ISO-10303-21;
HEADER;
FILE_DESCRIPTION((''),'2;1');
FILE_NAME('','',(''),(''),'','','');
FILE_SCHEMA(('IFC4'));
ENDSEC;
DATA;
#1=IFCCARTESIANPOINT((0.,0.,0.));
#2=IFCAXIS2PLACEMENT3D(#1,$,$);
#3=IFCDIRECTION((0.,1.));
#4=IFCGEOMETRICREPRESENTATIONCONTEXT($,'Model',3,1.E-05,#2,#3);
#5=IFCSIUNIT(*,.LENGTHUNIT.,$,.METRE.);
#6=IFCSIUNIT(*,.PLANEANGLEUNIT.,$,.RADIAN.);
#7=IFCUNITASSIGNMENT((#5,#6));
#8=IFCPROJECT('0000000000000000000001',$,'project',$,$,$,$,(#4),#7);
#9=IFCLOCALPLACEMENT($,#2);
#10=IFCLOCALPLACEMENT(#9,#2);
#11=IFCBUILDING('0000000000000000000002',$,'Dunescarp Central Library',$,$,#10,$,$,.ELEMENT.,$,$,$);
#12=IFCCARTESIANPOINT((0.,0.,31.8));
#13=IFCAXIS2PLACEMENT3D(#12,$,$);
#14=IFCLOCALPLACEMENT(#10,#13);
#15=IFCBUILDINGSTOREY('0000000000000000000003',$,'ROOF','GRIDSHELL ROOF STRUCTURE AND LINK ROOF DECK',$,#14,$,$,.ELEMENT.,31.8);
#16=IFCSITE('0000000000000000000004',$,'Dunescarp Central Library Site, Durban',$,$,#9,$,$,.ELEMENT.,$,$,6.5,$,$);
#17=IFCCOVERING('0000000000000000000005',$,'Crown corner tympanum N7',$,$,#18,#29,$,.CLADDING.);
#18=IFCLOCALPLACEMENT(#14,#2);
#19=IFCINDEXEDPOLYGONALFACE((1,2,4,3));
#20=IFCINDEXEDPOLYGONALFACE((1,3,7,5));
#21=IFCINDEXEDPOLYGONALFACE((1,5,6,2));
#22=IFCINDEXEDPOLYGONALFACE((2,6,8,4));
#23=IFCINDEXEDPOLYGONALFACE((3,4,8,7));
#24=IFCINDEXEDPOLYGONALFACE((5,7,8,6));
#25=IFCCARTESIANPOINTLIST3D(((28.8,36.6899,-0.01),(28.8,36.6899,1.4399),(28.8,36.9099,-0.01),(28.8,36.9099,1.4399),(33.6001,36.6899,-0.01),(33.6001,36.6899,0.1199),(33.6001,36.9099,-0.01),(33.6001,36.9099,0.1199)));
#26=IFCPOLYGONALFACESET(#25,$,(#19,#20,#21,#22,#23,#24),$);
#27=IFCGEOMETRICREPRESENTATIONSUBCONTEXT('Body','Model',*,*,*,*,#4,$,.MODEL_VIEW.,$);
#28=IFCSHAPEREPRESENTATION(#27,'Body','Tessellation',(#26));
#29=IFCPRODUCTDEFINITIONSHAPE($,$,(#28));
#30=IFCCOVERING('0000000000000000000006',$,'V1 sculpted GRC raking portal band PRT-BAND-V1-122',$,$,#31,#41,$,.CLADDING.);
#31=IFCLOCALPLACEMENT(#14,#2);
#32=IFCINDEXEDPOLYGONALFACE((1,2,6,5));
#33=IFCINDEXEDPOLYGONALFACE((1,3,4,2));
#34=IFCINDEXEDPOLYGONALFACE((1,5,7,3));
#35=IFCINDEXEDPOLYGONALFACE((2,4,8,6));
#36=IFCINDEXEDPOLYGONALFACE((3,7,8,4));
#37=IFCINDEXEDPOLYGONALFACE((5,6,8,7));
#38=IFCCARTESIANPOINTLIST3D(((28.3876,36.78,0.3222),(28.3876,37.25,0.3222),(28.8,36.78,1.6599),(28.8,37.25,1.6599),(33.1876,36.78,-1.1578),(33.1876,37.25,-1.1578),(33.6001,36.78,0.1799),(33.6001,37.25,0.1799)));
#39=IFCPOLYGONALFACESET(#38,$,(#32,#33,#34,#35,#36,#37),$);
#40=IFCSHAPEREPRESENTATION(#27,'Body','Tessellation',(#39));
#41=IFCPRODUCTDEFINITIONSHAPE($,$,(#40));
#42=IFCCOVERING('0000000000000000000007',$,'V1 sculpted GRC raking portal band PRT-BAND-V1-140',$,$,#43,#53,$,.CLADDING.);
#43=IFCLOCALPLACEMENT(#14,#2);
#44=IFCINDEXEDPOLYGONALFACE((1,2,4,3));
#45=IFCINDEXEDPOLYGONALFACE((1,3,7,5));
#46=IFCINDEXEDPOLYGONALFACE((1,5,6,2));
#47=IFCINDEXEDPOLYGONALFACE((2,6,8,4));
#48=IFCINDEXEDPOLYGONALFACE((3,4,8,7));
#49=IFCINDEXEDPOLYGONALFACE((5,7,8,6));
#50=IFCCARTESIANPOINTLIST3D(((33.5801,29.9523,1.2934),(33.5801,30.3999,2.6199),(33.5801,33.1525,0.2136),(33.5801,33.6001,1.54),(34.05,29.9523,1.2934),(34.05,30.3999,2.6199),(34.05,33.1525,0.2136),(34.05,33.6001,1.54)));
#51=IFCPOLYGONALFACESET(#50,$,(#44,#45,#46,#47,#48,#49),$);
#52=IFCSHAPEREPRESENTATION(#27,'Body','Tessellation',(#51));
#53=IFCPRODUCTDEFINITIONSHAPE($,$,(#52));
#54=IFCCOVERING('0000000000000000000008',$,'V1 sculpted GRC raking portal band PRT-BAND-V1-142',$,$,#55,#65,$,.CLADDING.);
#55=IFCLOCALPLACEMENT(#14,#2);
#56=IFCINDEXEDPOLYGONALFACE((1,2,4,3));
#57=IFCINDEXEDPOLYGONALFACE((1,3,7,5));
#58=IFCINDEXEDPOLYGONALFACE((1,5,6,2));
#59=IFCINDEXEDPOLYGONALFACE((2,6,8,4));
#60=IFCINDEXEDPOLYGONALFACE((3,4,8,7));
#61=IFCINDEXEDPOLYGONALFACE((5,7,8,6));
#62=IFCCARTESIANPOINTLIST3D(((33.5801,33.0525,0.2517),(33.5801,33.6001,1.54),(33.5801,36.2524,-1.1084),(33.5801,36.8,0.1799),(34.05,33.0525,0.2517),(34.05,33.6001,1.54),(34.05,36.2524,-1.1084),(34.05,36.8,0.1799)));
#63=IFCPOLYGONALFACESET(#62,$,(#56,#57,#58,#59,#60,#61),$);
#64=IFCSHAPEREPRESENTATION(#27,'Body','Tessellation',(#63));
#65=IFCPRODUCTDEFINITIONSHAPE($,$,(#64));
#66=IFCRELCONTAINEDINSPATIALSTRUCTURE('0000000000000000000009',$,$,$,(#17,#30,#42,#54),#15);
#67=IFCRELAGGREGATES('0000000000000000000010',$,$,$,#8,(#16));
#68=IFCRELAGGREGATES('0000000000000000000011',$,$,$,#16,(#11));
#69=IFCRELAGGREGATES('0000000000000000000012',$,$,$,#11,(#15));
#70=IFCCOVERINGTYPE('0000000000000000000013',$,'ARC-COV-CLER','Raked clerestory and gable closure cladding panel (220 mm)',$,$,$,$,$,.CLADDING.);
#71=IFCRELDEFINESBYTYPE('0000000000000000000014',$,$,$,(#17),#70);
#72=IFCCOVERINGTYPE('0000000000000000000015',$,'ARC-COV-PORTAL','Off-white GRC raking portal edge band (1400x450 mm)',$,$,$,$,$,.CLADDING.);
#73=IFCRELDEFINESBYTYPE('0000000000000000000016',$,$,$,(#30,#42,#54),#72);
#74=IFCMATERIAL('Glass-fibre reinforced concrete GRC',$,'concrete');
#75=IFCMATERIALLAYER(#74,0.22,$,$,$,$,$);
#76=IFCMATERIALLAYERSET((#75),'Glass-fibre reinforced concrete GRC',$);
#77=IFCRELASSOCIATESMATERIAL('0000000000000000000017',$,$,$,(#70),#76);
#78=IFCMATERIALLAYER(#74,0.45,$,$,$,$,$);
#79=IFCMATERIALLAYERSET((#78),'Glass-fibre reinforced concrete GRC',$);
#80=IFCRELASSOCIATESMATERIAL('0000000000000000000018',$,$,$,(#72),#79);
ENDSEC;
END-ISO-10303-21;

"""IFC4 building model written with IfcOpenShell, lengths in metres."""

from ifc_helpers import new_model, si_unit, direction, frame, origin, place, context, subcontext, project, spatial, polyline, outline, extrude, material, layer, layer_set, type_object, element, save


model = new_model("IFC4")

# Units and contexts
model_context = context("Model", 3, precision=1e-05, world=origin(), true_north=direction((0.0, 1.0)))
body_context = subcontext(model_context, "Body", "Model", "MODEL_VIEW")
ifc_project = project(units=[si_unit("LENGTHUNIT", "METRE"), si_unit("PLANEANGLEUNIT", "RADIAN")], contexts=[model_context])

# Site, building, storey
site_placement = place(None, origin())
site = spatial("IfcSite", under=ifc_project, at=site_placement, Name="Dunescarp Central Library Site, Durban", CompositionType="ELEMENT", RefElevation=6.5)
building_placement = place(site_placement, origin())
building = spatial("IfcBuilding", under=site, at=building_placement, Name="Dunescarp Central Library", CompositionType="ELEMENT")
storey_placement = place(building_placement, frame((0.0, 0.0, 31.8)))
storey = spatial("IfcBuildingStorey", under=building, at=storey_placement, Name="ROOF", Description="GRIDSHELL ROOF STRUCTURE AND LINK ROOF DECK", CompositionType="ELEMENT", Elevation=31.8)

# Coverings
ifc_material_1 = material(Name="Glass-fibre reinforced concrete GRC", Category="concrete")
ifc_layer_1 = layer(ifc_material_1, 0.22)
ifc_layer_set_1 = layer_set([ifc_layer_1], Name="Glass-fibre reinforced concrete GRC")
covering_type_1 = type_object("IfcCoveringType", Name="ARC-COV-CLER", Description="Raked clerestory and gable closure cladding panel (220 mm)", PredefinedType="CLADDING", material=ifc_layer_set_1)
covering_1_placement = place(storey_placement, frame((28.8, 36.8, -0.01), z_axis=(0.0, 0.0, 1.0), x_axis=(1.0, 0.0, 0.0)))
element("IfcCovering", 1, at=covering_1_placement, inside=storey, type_object=covering_type_1, Name="Crown corner tympanum N7", PredefinedType="CLADDING", context=body_context, shape_type="SweptSolid", body=[
    extrude(outline(polyline([(0.0, 0.0), (4.8, 0.0), (4.8, 0.1299), (0.0, 1.45), (0.0, 0.0)])), frame((0.0, 0.1099, 0.0), z_axis=(0.0, -1.0, 0.0), x_axis=(1.0, 0.0, 0.0)), (0.0, 0.0, 1.0), 0.22),
])
ifc_layer_2 = layer(ifc_material_1, 0.45)
ifc_layer_set_2 = layer_set([ifc_layer_2], Name="Glass-fibre reinforced concrete GRC")
covering_type_2 = type_object("IfcCoveringType", Name="ARC-COV-PORTAL", Description="Off-white GRC raking portal edge band (1400x450 mm)", PredefinedType="CLADDING", material=ifc_layer_set_2)
covering_2_placement = place(storey_placement, frame((28.8, 36.78, 1.6599), z_axis=(0.294639, 0.0, 0.955609), x_axis=(0.955609, 0.0, -0.294639)))
element("IfcCovering", 2, at=covering_2_placement, inside=storey, type_object=covering_type_2, Name="V1 sculpted GRC raking portal band PRT-BAND-V1-122", PredefinedType="CLADDING", context=body_context, shape_type="SweptSolid", body=[
    extrude(outline(polyline([(0.0, 0.0), (5.023, 0.0), (5.023, 0.47), (0.0, 0.47), (0.0, 0.0)])), origin(), (0.0, 0.0, -1.0), 1.3999),
])
covering_3_placement = place(storey_placement, frame((33.5801, 30.3999, 2.6199), z_axis=(0.0, 0.319717, 0.947513), x_axis=(1.0, 0.0, 0.0)))
element("IfcCovering", 3, at=covering_3_placement, inside=storey, type_object=covering_type_2, Name="V1 sculpted GRC raking portal band PRT-BAND-V1-140", PredefinedType="CLADDING", context=body_context, shape_type="SweptSolid", body=[
    extrude(outline(polyline([(0.0, 0.0), (0.47, 0.0), (0.47, 3.3775), (0.0, 3.3775), (0.0, 0.0)])), origin(), (0.0, 0.0, -1.0), 1.3999),
])
covering_4_placement = place(storey_placement, frame((33.5801, 33.6001, 1.54), z_axis=(0.0, 0.391172, 0.920318), x_axis=(1.0, 0.0, 0.0)))
element("IfcCovering", 4, at=covering_4_placement, inside=storey, type_object=covering_type_2, Name="V1 sculpted GRC raking portal band PRT-BAND-V1-142", PredefinedType="CLADDING", context=body_context, shape_type="SweptSolid", body=[
    extrude(outline(polyline([(0.0, 0.0), (0.47, 0.0), (0.47, 3.477), (0.0, 3.477), (0.0, 0.0)])), origin(), (0.0, 0.0, -1.0), 1.3999),
])

save(model, "model.ifc")
